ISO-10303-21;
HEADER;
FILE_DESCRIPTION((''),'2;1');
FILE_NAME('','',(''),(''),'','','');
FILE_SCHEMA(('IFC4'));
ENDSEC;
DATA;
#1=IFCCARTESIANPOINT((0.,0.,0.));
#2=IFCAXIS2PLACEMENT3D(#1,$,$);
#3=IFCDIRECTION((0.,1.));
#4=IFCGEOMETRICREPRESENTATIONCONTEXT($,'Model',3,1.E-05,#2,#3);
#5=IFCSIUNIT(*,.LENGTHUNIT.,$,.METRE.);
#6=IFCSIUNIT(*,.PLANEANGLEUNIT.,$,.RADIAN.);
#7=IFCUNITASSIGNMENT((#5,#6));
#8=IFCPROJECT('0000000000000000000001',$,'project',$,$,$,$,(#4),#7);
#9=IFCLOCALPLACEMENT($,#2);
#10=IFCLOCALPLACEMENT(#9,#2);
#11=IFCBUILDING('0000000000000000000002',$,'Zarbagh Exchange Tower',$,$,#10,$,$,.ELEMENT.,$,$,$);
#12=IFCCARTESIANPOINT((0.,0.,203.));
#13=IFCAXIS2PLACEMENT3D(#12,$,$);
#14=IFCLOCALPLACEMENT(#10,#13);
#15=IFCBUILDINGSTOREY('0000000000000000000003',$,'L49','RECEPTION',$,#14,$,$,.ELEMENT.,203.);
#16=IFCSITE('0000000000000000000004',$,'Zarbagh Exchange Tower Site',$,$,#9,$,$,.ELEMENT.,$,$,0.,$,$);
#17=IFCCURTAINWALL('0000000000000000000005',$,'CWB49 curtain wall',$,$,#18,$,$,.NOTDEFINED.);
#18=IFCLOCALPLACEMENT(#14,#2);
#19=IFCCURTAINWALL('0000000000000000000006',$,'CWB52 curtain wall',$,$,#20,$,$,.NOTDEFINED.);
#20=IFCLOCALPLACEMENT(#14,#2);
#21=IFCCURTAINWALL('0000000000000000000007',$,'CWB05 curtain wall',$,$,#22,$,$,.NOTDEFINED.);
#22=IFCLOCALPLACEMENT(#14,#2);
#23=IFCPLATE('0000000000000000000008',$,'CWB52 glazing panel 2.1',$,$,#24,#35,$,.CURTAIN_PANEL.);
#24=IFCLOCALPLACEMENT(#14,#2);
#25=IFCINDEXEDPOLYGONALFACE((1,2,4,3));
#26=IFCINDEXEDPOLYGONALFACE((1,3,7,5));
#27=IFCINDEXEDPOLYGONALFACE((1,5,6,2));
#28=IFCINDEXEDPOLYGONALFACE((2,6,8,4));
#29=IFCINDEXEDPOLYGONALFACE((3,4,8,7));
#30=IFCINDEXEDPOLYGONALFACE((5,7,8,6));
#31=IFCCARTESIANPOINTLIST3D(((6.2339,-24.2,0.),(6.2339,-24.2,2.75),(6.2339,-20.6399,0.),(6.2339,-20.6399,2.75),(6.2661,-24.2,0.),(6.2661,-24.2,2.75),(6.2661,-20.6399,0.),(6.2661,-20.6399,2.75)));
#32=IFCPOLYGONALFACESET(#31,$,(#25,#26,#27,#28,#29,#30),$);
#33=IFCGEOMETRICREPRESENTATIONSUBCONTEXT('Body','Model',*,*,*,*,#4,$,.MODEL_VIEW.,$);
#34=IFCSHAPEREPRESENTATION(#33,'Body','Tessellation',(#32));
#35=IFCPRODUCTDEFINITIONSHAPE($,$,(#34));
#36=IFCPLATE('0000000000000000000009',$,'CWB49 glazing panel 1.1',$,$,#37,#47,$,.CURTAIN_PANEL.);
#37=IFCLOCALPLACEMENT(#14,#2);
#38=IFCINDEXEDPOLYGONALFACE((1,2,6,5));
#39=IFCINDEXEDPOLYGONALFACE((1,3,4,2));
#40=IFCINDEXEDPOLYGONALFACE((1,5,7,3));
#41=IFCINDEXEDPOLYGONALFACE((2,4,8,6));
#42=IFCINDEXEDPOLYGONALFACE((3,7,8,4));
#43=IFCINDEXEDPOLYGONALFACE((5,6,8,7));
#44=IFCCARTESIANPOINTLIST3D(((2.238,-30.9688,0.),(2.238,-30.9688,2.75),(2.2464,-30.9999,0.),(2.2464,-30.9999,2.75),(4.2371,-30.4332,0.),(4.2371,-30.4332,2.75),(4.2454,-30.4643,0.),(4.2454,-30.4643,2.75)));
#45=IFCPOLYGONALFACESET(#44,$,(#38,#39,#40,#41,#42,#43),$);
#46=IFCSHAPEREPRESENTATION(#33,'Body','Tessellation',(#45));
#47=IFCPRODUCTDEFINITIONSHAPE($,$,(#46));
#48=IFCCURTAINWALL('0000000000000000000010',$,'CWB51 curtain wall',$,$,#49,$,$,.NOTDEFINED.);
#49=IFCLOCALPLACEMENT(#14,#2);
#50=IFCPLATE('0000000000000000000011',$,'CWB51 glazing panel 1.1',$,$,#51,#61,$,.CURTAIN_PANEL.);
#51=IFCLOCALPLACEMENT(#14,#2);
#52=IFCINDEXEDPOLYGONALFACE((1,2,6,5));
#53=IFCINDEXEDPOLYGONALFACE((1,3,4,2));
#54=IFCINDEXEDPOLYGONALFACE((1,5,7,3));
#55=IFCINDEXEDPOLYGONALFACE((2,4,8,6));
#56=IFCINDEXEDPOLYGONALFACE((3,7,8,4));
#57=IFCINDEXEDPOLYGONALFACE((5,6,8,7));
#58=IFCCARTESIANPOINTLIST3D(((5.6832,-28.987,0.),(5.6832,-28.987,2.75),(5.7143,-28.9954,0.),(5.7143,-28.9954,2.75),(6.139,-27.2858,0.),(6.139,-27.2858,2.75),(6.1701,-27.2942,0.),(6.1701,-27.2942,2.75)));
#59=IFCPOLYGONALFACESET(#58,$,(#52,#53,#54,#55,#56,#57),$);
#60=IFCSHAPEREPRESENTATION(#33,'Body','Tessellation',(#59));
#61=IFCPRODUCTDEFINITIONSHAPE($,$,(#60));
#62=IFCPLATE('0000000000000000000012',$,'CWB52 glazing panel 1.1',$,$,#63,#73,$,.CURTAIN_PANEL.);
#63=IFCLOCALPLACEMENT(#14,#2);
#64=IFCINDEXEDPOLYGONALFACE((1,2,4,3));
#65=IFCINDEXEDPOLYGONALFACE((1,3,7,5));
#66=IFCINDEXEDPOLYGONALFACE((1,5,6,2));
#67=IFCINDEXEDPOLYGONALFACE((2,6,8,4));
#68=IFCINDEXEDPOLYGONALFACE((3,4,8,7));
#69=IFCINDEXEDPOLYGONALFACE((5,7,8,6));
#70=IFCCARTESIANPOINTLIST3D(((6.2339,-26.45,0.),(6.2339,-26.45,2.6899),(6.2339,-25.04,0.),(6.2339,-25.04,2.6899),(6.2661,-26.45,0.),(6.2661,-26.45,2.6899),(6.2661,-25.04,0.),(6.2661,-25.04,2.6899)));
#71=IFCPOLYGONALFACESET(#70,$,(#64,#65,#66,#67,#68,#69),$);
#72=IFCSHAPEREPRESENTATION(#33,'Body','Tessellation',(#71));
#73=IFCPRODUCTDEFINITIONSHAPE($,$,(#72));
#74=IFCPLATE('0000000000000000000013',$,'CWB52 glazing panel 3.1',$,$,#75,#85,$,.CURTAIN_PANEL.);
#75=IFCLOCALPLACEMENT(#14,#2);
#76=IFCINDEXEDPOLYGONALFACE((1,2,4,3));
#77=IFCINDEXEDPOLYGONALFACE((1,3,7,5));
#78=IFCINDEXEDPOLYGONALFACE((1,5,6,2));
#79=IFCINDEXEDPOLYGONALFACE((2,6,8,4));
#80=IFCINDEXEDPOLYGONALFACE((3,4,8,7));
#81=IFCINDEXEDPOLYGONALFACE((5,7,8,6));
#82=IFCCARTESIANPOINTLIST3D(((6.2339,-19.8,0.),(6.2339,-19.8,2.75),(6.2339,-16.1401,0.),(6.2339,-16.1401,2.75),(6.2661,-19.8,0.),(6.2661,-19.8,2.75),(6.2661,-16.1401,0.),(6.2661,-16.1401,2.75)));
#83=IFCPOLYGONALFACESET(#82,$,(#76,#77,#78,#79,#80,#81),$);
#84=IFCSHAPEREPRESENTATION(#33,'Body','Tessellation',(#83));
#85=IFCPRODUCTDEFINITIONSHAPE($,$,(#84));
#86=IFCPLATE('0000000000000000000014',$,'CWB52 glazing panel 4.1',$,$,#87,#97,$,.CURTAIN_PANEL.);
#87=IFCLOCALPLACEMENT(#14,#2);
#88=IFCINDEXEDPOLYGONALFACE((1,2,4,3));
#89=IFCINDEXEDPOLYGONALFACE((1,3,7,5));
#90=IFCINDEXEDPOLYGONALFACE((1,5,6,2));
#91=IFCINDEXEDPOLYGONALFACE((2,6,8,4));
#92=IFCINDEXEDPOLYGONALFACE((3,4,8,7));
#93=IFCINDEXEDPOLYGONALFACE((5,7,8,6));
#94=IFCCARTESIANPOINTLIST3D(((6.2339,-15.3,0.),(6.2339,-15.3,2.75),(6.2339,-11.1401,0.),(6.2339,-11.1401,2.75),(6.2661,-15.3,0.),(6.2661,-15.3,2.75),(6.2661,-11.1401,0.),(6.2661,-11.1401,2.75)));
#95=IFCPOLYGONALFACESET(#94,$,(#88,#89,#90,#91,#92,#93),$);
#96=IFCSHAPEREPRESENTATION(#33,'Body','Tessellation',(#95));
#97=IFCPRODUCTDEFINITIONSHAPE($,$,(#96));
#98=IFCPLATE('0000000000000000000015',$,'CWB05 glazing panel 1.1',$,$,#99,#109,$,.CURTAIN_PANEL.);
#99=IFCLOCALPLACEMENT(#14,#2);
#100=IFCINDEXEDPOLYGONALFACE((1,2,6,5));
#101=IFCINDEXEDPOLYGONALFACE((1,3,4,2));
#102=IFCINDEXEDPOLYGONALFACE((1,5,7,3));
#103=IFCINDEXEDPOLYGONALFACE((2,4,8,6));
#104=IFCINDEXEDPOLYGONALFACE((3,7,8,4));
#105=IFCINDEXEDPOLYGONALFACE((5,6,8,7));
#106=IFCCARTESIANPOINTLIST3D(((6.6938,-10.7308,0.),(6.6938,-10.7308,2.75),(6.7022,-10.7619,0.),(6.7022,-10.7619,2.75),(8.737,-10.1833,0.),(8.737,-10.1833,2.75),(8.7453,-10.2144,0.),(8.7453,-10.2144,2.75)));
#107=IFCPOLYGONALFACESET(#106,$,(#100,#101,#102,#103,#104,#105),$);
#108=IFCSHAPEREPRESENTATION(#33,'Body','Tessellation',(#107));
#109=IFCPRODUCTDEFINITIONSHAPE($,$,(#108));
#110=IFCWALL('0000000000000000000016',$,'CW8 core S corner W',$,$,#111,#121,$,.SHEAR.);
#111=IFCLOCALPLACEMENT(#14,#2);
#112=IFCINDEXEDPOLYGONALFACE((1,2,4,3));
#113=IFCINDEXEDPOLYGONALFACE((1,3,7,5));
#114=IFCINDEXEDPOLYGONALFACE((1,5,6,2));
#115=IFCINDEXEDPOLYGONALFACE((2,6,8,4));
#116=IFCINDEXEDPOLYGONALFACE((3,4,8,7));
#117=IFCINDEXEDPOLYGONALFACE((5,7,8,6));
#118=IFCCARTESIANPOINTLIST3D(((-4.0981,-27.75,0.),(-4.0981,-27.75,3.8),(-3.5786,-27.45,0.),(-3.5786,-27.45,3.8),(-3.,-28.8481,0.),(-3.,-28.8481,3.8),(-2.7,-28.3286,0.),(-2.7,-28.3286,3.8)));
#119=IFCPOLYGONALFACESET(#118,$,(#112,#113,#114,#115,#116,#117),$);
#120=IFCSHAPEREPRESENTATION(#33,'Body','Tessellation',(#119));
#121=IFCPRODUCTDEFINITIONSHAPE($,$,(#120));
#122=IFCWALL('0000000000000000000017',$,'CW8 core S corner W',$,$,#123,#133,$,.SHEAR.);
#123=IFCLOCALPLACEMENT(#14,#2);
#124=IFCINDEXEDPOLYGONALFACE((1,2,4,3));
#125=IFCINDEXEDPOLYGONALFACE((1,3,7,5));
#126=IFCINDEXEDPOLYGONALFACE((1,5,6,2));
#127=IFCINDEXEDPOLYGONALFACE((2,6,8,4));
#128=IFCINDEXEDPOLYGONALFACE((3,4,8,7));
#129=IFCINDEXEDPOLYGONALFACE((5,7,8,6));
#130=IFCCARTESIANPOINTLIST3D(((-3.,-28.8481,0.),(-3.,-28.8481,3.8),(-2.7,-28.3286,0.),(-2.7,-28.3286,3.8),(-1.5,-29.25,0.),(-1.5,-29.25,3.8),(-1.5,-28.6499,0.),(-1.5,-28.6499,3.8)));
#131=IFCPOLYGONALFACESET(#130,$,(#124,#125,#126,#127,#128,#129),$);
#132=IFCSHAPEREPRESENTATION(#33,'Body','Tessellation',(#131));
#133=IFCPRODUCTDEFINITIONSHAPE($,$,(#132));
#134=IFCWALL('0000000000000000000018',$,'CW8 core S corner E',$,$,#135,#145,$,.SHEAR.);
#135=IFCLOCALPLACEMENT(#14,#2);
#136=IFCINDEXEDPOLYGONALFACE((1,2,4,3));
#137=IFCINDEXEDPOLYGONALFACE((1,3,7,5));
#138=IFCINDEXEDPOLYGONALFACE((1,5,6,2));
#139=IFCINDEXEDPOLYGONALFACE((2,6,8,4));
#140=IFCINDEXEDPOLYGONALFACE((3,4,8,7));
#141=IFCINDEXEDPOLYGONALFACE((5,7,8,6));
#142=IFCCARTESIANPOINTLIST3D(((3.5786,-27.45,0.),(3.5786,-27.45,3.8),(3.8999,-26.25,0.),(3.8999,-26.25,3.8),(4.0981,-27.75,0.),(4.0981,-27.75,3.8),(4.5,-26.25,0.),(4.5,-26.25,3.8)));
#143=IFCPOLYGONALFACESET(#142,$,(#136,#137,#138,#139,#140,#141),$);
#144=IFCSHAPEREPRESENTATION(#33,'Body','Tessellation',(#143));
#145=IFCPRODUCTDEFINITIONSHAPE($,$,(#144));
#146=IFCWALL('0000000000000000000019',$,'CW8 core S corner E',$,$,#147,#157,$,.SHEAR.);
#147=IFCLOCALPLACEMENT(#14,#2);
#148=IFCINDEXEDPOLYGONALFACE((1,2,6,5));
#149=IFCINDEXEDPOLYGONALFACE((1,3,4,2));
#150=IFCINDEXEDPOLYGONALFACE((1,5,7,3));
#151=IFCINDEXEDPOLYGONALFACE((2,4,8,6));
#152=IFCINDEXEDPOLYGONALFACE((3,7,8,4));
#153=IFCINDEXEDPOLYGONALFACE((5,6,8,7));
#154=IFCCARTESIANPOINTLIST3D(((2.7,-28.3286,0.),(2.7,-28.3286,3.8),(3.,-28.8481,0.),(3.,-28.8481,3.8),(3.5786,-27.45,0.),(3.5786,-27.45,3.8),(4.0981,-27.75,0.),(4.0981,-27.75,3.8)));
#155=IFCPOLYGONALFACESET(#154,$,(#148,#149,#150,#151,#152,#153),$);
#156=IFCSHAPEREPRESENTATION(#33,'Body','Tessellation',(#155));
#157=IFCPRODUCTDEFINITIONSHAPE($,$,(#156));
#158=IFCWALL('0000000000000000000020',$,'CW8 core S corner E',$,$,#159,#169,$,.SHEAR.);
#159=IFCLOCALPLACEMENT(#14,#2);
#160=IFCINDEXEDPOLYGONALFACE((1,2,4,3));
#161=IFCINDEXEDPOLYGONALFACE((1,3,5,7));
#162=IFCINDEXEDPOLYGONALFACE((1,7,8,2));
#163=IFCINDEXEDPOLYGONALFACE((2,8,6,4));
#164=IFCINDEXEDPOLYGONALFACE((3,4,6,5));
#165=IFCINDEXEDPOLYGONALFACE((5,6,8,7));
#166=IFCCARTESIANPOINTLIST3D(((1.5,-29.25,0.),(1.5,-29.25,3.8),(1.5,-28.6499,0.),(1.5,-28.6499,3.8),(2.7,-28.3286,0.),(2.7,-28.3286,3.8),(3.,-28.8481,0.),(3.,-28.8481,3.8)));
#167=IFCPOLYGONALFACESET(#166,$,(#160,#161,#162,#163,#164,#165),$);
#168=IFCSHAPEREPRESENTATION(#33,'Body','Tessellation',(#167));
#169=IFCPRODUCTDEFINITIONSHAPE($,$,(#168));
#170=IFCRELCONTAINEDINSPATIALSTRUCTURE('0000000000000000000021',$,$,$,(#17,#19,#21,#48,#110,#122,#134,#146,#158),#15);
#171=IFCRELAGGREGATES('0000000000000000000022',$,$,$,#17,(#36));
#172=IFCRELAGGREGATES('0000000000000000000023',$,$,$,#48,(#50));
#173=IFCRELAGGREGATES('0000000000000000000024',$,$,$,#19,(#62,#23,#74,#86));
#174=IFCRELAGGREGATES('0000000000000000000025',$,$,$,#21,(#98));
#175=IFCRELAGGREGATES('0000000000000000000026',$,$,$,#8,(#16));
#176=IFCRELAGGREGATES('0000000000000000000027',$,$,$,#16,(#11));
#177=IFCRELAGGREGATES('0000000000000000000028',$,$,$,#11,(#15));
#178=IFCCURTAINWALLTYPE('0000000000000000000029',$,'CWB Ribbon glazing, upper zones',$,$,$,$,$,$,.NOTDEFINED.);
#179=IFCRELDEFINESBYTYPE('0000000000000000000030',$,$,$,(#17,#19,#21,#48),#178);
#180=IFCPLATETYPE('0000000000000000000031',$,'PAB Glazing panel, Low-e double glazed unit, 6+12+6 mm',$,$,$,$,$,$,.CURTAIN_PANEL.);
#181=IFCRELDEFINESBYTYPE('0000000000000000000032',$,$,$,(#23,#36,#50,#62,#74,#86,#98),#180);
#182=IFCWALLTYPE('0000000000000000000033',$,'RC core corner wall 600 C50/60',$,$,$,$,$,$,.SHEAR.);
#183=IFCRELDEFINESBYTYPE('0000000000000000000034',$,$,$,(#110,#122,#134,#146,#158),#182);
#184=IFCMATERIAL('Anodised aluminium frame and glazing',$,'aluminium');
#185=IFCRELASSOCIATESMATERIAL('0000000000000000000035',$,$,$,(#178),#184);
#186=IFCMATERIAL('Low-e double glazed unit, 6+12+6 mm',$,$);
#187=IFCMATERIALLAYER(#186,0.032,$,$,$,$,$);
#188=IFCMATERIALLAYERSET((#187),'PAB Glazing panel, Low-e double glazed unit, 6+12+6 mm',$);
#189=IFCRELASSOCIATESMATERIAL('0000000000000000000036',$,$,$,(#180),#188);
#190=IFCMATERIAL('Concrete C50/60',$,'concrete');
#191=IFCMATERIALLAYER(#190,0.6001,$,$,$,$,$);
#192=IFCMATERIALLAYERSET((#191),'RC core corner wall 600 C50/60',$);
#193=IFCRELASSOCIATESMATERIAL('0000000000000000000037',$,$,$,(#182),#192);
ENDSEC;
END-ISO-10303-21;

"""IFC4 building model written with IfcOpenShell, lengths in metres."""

from ifc_helpers import new_model, si_unit, direction, frame, origin, place, context, subcontext, project, spatial, polyline, outline, extrude, source, transform, mapped, material, layer, layer_set, type_object, element, aggregate, save


model = new_model("IFC4")

# Units and contexts
model_context = context("Model", 3, precision=1e-05, world=origin(), true_north=direction((0.0, 1.0)))
body_context = subcontext(model_context, "Body", "Model", "MODEL_VIEW")
ifc_project = project(units=[si_unit("LENGTHUNIT", "METRE"), si_unit("PLANEANGLEUNIT", "RADIAN")], contexts=[model_context])

# Site, building, storey
site_placement = place(None, origin())
site = spatial("IfcSite", under=ifc_project, at=site_placement, Name="Zarbagh Exchange Tower Site", CompositionType="ELEMENT", RefElevation=0.0)
building_placement = place(site_placement, origin())
building = spatial("IfcBuilding", under=site, at=building_placement, Name="Zarbagh Exchange Tower", CompositionType="ELEMENT")
storey_placement = place(building_placement, frame((0.0, 0.0, 203.0)))
storey = spatial("IfcBuildingStorey", under=building, at=storey_placement, Name="L49", Description="RECEPTION", CompositionType="ELEMENT", Elevation=203.0)

# Curtain wall
ifc_material_1 = material(Name="Anodised aluminium frame and glazing", Category="aluminium")
curtain_wall_type = type_object("IfcCurtainWallType", Name="CWB Ribbon glazing, upper zones", PredefinedType="NOTDEFINED", material=ifc_material_1)
curtain_wall_1_placement = place(storey_placement, origin())
curtain_wall_1 = element("IfcCurtainWall", 1, at=curtain_wall_1_placement, inside=storey, type_object=curtain_wall_type, Name="CWB49 curtain wall", PredefinedType="NOTDEFINED")
placement = place(storey_placement, origin())

# Curtain wall
curtain_wall_2_placement = place(storey_placement, origin())
curtain_wall_2 = element("IfcCurtainWall", 2, at=curtain_wall_2_placement, inside=storey, type_object=curtain_wall_type, Name="CWB52 curtain wall", PredefinedType="NOTDEFINED")

# Curtain wall
curtain_wall_3_placement = place(storey_placement, origin())
curtain_wall_3 = element("IfcCurtainWall", 3, at=curtain_wall_3_placement, inside=storey, type_object=curtain_wall_type, Name="CWB05 curtain wall", PredefinedType="NOTDEFINED")

# Shared definitions
ifc_material_2 = material(Name="Low-e double glazed unit, 6+12+6 mm")
ifc_layer_1 = layer(ifc_material_2, 0.032)
ifc_layer_set_1 = layer_set([ifc_layer_1], Name="PAB Glazing panel, Low-e double glazed unit, 6+12+6 mm")
plate_type = type_object("IfcPlateType", Name="PAB Glazing panel, Low-e double glazed unit, 6+12+6 mm", PredefinedType="CURTAIN_PANEL", material=ifc_layer_set_1)

# Plates
shared_shape_1 = source(origin(), body_context, "Body", "SweptSolid", [
    extrude(outline(polyline([(0.0, -0.0161), (3.5601, -0.0161), (3.5601, 0.0161), (0.0, 0.0161), (0.0, -0.0161)])), origin(), (0.0, 0.0, 1.0), 2.75),
])
plate_1 = element("IfcPlate", 4, at=placement, type_object=plate_type, Name="CWB52 glazing panel 2.1", PredefinedType="CURTAIN_PANEL", context=body_context, shape_type="MappedRepresentation", body=[
    mapped(shared_shape_1, transform((6.25, -24.2, 0.0), x_axis=(0.0, 1.0, 0.0), y_axis=(-1.0, 0.0, 0.0), z_axis=(0.0, 0.0, 1.0))),
])
shared_shape_2 = source(origin(), body_context, "Body", "SweptSolid", [
    extrude(outline(polyline([(0.0, -0.0161), (2.0696, -0.0161), (2.0696, 0.0161), (0.0, 0.0161), (0.0, -0.0161)])), origin(), (0.0, 0.0, 1.0), 2.75),
])
plate_2 = element("IfcPlate", 5, at=placement, type_object=plate_type, Name="CWB49 glazing panel 1.1", PredefinedType="CURTAIN_PANEL", context=body_context, shape_type="MappedRepresentation", body=[
    mapped(shared_shape_2, transform((2.2422, -30.9844, 0.0), x_axis=(0.965924, 0.258825, 0.0), y_axis=(-0.258825, 0.965924, 0.0), z_axis=(0.0, 0.0, 1.0))),
])
aggregate(curtain_wall_1, [plate_2])

# Curtain wall, plate
curtain_wall_4_placement = place(storey_placement, origin())
curtain_wall_4 = element("IfcCurtainWall", 6, at=curtain_wall_4_placement, inside=storey, type_object=curtain_wall_type, Name="CWB51 curtain wall", PredefinedType="NOTDEFINED")
shared_shape_3 = source(origin(), body_context, "Body", "SweptSolid", [
    extrude(outline(polyline([(0.0, -0.0161), (1.7612, -0.0161), (1.7612, 0.0161), (0.0, 0.0161), (0.0, -0.0161)])), origin(), (0.0, 0.0, 1.0), 2.75),
])
plate_3 = element("IfcPlate", 7, at=placement, type_object=plate_type, Name="CWB51 glazing panel 1.1", PredefinedType="CURTAIN_PANEL", context=body_context, shape_type="MappedRepresentation", body=[
    mapped(shared_shape_3, transform((5.6987, -28.9912, 0.0), x_axis=(0.258825, 0.965924, 0.0), y_axis=(-0.965924, 0.258825, 0.0), z_axis=(0.0, 0.0, 1.0))),
])
aggregate(curtain_wall_4, [plate_3])

# Plates
shared_shape_4 = source(origin(), body_context, "Body", "SweptSolid", [
    extrude(outline(polyline([(0.0, -0.0161), (1.4099, -0.0161), (1.4099, 0.0161), (0.0, 0.0161), (0.0, -0.0161)])), origin(), (0.0, 0.0, 1.0), 2.6899),
])
plate_4 = element("IfcPlate", 8, at=placement, type_object=plate_type, Name="CWB52 glazing panel 1.1", PredefinedType="CURTAIN_PANEL", context=body_context, shape_type="MappedRepresentation", body=[
    mapped(shared_shape_4, transform((6.25, -26.45, 0.0), x_axis=(0.0, 1.0, 0.0), y_axis=(-1.0, 0.0, 0.0), z_axis=(0.0, 0.0, 1.0))),
])
shared_shape_5 = source(origin(), body_context, "Body", "SweptSolid", [
    extrude(outline(polyline([(0.0, -0.0161), (3.6599, -0.0161), (3.6599, 0.0161), (0.0, 0.0161), (0.0, -0.0161)])), origin(), (0.0, 0.0, 1.0), 2.75),
])
plate_5 = element("IfcPlate", 9, at=placement, type_object=plate_type, Name="CWB52 glazing panel 3.1", PredefinedType="CURTAIN_PANEL", context=body_context, shape_type="MappedRepresentation", body=[
    mapped(shared_shape_5, transform((6.25, -19.8, 0.0), x_axis=(0.0, 1.0, 0.0), y_axis=(-1.0, 0.0, 0.0), z_axis=(0.0, 0.0, 1.0))),
])
shared_shape_6 = source(origin(), body_context, "Body", "SweptSolid", [
    extrude(outline(polyline([(0.0, -0.0161), (4.1599, -0.0161), (4.1599, 0.0161), (0.0, 0.0161), (0.0, -0.0161)])), origin(), (0.0, 0.0, 1.0), 2.75),
])
plate_6 = element("IfcPlate", 10, at=placement, type_object=plate_type, Name="CWB52 glazing panel 4.1", PredefinedType="CURTAIN_PANEL", context=body_context, shape_type="MappedRepresentation", body=[
    mapped(shared_shape_6, transform((6.25, -15.3, 0.0), x_axis=(0.0, 1.0, 0.0), y_axis=(-1.0, 0.0, 0.0), z_axis=(0.0, 0.0, 1.0))),
])
aggregate(curtain_wall_2, [plate_4, plate_1, plate_5, plate_6])
shared_shape_7 = source(origin(), body_context, "Body", "SweptSolid", [
    extrude(outline(polyline([(0.0, -0.0161), (2.1152, -0.0161), (2.1152, 0.0161), (0.0, 0.0161), (0.0, -0.0161)])), origin(), (0.0, 0.0, 1.0), 2.75),
])
plate_7 = element("IfcPlate", 11, at=placement, type_object=plate_type, Name="CWB05 glazing panel 1.1", PredefinedType="CURTAIN_PANEL", context=body_context, shape_type="MappedRepresentation", body=[
    mapped(shared_shape_7, transform((6.698, -10.7463, 0.0), x_axis=(0.965924, 0.258825, 0.0), y_axis=(-0.258825, 0.965924, 0.0), z_axis=(0.0, 0.0, 1.0))),
])
aggregate(curtain_wall_3, [plate_7])

# Walls
ifc_material_3 = material(Name="Concrete C50/60", Category="concrete")
ifc_layer_2 = layer(ifc_material_3, 0.6001)
ifc_layer_set_2 = layer_set([ifc_layer_2], Name="RC core corner wall 600 C50/60")
wall_type = type_object("IfcWallType", Name="RC core corner wall 600 C50/60", PredefinedType="SHEAR", material=ifc_layer_set_2)
wall_1_placement = place(storey_placement, origin())
element("IfcWall", 12, at=wall_1_placement, inside=storey, type_object=wall_type, Name="CW8 core S corner W", PredefinedType="SHEAR", context=body_context, shape_type="SweptSolid", body=[
    extrude(outline(polyline([(-4.0981, -27.75), (-3.0, -28.8481), (-2.7, -28.3286), (-3.5786, -27.45), (-4.0981, -27.75)])), origin(), (0.0, 0.0, 1.0), 3.8),
])
wall_2_placement = place(storey_placement, origin())
element("IfcWall", 13, at=wall_2_placement, inside=storey, type_object=wall_type, Name="CW8 core S corner W", PredefinedType="SHEAR", context=body_context, shape_type="SweptSolid", body=[
    extrude(outline(polyline([(-3.0, -28.8481), (-1.5, -29.25), (-1.5, -28.6499), (-2.7, -28.3286), (-3.0, -28.8481)])), origin(), (0.0, 0.0, 1.0), 3.8),
])
wall_3_placement = place(storey_placement, origin())
element("IfcWall", 14, at=wall_3_placement, inside=storey, type_object=wall_type, Name="CW8 core S corner E", PredefinedType="SHEAR", context=body_context, shape_type="SweptSolid", body=[
    extrude(outline(polyline([(4.5, -26.25), (4.0981, -27.75), (3.5786, -27.45), (3.8999, -26.25), (4.5, -26.25)])), origin(), (0.0, 0.0, 1.0), 3.8),
])
wall_4_placement = place(storey_placement, origin())
element("IfcWall", 15, at=wall_4_placement, inside=storey, type_object=wall_type, Name="CW8 core S corner E", PredefinedType="SHEAR", context=body_context, shape_type="SweptSolid", body=[
    extrude(outline(polyline([(4.0981, -27.75), (3.0, -28.8481), (2.7, -28.3286), (3.5786, -27.45), (4.0981, -27.75)])), origin(), (0.0, 0.0, 1.0), 3.8),
])
wall_5_placement = place(storey_placement, origin())
element("IfcWall", 16, at=wall_5_placement, inside=storey, type_object=wall_type, Name="CW8 core S corner E", PredefinedType="SHEAR", context=body_context, shape_type="SweptSolid", body=[
    extrude(outline(polyline([(3.0, -28.8481), (1.5, -29.25), (1.5, -28.6499), (2.7, -28.3286), (3.0, -28.8481)])), origin(), (0.0, 0.0, 1.0), 3.8),
])

save(model, "model.ifc")
